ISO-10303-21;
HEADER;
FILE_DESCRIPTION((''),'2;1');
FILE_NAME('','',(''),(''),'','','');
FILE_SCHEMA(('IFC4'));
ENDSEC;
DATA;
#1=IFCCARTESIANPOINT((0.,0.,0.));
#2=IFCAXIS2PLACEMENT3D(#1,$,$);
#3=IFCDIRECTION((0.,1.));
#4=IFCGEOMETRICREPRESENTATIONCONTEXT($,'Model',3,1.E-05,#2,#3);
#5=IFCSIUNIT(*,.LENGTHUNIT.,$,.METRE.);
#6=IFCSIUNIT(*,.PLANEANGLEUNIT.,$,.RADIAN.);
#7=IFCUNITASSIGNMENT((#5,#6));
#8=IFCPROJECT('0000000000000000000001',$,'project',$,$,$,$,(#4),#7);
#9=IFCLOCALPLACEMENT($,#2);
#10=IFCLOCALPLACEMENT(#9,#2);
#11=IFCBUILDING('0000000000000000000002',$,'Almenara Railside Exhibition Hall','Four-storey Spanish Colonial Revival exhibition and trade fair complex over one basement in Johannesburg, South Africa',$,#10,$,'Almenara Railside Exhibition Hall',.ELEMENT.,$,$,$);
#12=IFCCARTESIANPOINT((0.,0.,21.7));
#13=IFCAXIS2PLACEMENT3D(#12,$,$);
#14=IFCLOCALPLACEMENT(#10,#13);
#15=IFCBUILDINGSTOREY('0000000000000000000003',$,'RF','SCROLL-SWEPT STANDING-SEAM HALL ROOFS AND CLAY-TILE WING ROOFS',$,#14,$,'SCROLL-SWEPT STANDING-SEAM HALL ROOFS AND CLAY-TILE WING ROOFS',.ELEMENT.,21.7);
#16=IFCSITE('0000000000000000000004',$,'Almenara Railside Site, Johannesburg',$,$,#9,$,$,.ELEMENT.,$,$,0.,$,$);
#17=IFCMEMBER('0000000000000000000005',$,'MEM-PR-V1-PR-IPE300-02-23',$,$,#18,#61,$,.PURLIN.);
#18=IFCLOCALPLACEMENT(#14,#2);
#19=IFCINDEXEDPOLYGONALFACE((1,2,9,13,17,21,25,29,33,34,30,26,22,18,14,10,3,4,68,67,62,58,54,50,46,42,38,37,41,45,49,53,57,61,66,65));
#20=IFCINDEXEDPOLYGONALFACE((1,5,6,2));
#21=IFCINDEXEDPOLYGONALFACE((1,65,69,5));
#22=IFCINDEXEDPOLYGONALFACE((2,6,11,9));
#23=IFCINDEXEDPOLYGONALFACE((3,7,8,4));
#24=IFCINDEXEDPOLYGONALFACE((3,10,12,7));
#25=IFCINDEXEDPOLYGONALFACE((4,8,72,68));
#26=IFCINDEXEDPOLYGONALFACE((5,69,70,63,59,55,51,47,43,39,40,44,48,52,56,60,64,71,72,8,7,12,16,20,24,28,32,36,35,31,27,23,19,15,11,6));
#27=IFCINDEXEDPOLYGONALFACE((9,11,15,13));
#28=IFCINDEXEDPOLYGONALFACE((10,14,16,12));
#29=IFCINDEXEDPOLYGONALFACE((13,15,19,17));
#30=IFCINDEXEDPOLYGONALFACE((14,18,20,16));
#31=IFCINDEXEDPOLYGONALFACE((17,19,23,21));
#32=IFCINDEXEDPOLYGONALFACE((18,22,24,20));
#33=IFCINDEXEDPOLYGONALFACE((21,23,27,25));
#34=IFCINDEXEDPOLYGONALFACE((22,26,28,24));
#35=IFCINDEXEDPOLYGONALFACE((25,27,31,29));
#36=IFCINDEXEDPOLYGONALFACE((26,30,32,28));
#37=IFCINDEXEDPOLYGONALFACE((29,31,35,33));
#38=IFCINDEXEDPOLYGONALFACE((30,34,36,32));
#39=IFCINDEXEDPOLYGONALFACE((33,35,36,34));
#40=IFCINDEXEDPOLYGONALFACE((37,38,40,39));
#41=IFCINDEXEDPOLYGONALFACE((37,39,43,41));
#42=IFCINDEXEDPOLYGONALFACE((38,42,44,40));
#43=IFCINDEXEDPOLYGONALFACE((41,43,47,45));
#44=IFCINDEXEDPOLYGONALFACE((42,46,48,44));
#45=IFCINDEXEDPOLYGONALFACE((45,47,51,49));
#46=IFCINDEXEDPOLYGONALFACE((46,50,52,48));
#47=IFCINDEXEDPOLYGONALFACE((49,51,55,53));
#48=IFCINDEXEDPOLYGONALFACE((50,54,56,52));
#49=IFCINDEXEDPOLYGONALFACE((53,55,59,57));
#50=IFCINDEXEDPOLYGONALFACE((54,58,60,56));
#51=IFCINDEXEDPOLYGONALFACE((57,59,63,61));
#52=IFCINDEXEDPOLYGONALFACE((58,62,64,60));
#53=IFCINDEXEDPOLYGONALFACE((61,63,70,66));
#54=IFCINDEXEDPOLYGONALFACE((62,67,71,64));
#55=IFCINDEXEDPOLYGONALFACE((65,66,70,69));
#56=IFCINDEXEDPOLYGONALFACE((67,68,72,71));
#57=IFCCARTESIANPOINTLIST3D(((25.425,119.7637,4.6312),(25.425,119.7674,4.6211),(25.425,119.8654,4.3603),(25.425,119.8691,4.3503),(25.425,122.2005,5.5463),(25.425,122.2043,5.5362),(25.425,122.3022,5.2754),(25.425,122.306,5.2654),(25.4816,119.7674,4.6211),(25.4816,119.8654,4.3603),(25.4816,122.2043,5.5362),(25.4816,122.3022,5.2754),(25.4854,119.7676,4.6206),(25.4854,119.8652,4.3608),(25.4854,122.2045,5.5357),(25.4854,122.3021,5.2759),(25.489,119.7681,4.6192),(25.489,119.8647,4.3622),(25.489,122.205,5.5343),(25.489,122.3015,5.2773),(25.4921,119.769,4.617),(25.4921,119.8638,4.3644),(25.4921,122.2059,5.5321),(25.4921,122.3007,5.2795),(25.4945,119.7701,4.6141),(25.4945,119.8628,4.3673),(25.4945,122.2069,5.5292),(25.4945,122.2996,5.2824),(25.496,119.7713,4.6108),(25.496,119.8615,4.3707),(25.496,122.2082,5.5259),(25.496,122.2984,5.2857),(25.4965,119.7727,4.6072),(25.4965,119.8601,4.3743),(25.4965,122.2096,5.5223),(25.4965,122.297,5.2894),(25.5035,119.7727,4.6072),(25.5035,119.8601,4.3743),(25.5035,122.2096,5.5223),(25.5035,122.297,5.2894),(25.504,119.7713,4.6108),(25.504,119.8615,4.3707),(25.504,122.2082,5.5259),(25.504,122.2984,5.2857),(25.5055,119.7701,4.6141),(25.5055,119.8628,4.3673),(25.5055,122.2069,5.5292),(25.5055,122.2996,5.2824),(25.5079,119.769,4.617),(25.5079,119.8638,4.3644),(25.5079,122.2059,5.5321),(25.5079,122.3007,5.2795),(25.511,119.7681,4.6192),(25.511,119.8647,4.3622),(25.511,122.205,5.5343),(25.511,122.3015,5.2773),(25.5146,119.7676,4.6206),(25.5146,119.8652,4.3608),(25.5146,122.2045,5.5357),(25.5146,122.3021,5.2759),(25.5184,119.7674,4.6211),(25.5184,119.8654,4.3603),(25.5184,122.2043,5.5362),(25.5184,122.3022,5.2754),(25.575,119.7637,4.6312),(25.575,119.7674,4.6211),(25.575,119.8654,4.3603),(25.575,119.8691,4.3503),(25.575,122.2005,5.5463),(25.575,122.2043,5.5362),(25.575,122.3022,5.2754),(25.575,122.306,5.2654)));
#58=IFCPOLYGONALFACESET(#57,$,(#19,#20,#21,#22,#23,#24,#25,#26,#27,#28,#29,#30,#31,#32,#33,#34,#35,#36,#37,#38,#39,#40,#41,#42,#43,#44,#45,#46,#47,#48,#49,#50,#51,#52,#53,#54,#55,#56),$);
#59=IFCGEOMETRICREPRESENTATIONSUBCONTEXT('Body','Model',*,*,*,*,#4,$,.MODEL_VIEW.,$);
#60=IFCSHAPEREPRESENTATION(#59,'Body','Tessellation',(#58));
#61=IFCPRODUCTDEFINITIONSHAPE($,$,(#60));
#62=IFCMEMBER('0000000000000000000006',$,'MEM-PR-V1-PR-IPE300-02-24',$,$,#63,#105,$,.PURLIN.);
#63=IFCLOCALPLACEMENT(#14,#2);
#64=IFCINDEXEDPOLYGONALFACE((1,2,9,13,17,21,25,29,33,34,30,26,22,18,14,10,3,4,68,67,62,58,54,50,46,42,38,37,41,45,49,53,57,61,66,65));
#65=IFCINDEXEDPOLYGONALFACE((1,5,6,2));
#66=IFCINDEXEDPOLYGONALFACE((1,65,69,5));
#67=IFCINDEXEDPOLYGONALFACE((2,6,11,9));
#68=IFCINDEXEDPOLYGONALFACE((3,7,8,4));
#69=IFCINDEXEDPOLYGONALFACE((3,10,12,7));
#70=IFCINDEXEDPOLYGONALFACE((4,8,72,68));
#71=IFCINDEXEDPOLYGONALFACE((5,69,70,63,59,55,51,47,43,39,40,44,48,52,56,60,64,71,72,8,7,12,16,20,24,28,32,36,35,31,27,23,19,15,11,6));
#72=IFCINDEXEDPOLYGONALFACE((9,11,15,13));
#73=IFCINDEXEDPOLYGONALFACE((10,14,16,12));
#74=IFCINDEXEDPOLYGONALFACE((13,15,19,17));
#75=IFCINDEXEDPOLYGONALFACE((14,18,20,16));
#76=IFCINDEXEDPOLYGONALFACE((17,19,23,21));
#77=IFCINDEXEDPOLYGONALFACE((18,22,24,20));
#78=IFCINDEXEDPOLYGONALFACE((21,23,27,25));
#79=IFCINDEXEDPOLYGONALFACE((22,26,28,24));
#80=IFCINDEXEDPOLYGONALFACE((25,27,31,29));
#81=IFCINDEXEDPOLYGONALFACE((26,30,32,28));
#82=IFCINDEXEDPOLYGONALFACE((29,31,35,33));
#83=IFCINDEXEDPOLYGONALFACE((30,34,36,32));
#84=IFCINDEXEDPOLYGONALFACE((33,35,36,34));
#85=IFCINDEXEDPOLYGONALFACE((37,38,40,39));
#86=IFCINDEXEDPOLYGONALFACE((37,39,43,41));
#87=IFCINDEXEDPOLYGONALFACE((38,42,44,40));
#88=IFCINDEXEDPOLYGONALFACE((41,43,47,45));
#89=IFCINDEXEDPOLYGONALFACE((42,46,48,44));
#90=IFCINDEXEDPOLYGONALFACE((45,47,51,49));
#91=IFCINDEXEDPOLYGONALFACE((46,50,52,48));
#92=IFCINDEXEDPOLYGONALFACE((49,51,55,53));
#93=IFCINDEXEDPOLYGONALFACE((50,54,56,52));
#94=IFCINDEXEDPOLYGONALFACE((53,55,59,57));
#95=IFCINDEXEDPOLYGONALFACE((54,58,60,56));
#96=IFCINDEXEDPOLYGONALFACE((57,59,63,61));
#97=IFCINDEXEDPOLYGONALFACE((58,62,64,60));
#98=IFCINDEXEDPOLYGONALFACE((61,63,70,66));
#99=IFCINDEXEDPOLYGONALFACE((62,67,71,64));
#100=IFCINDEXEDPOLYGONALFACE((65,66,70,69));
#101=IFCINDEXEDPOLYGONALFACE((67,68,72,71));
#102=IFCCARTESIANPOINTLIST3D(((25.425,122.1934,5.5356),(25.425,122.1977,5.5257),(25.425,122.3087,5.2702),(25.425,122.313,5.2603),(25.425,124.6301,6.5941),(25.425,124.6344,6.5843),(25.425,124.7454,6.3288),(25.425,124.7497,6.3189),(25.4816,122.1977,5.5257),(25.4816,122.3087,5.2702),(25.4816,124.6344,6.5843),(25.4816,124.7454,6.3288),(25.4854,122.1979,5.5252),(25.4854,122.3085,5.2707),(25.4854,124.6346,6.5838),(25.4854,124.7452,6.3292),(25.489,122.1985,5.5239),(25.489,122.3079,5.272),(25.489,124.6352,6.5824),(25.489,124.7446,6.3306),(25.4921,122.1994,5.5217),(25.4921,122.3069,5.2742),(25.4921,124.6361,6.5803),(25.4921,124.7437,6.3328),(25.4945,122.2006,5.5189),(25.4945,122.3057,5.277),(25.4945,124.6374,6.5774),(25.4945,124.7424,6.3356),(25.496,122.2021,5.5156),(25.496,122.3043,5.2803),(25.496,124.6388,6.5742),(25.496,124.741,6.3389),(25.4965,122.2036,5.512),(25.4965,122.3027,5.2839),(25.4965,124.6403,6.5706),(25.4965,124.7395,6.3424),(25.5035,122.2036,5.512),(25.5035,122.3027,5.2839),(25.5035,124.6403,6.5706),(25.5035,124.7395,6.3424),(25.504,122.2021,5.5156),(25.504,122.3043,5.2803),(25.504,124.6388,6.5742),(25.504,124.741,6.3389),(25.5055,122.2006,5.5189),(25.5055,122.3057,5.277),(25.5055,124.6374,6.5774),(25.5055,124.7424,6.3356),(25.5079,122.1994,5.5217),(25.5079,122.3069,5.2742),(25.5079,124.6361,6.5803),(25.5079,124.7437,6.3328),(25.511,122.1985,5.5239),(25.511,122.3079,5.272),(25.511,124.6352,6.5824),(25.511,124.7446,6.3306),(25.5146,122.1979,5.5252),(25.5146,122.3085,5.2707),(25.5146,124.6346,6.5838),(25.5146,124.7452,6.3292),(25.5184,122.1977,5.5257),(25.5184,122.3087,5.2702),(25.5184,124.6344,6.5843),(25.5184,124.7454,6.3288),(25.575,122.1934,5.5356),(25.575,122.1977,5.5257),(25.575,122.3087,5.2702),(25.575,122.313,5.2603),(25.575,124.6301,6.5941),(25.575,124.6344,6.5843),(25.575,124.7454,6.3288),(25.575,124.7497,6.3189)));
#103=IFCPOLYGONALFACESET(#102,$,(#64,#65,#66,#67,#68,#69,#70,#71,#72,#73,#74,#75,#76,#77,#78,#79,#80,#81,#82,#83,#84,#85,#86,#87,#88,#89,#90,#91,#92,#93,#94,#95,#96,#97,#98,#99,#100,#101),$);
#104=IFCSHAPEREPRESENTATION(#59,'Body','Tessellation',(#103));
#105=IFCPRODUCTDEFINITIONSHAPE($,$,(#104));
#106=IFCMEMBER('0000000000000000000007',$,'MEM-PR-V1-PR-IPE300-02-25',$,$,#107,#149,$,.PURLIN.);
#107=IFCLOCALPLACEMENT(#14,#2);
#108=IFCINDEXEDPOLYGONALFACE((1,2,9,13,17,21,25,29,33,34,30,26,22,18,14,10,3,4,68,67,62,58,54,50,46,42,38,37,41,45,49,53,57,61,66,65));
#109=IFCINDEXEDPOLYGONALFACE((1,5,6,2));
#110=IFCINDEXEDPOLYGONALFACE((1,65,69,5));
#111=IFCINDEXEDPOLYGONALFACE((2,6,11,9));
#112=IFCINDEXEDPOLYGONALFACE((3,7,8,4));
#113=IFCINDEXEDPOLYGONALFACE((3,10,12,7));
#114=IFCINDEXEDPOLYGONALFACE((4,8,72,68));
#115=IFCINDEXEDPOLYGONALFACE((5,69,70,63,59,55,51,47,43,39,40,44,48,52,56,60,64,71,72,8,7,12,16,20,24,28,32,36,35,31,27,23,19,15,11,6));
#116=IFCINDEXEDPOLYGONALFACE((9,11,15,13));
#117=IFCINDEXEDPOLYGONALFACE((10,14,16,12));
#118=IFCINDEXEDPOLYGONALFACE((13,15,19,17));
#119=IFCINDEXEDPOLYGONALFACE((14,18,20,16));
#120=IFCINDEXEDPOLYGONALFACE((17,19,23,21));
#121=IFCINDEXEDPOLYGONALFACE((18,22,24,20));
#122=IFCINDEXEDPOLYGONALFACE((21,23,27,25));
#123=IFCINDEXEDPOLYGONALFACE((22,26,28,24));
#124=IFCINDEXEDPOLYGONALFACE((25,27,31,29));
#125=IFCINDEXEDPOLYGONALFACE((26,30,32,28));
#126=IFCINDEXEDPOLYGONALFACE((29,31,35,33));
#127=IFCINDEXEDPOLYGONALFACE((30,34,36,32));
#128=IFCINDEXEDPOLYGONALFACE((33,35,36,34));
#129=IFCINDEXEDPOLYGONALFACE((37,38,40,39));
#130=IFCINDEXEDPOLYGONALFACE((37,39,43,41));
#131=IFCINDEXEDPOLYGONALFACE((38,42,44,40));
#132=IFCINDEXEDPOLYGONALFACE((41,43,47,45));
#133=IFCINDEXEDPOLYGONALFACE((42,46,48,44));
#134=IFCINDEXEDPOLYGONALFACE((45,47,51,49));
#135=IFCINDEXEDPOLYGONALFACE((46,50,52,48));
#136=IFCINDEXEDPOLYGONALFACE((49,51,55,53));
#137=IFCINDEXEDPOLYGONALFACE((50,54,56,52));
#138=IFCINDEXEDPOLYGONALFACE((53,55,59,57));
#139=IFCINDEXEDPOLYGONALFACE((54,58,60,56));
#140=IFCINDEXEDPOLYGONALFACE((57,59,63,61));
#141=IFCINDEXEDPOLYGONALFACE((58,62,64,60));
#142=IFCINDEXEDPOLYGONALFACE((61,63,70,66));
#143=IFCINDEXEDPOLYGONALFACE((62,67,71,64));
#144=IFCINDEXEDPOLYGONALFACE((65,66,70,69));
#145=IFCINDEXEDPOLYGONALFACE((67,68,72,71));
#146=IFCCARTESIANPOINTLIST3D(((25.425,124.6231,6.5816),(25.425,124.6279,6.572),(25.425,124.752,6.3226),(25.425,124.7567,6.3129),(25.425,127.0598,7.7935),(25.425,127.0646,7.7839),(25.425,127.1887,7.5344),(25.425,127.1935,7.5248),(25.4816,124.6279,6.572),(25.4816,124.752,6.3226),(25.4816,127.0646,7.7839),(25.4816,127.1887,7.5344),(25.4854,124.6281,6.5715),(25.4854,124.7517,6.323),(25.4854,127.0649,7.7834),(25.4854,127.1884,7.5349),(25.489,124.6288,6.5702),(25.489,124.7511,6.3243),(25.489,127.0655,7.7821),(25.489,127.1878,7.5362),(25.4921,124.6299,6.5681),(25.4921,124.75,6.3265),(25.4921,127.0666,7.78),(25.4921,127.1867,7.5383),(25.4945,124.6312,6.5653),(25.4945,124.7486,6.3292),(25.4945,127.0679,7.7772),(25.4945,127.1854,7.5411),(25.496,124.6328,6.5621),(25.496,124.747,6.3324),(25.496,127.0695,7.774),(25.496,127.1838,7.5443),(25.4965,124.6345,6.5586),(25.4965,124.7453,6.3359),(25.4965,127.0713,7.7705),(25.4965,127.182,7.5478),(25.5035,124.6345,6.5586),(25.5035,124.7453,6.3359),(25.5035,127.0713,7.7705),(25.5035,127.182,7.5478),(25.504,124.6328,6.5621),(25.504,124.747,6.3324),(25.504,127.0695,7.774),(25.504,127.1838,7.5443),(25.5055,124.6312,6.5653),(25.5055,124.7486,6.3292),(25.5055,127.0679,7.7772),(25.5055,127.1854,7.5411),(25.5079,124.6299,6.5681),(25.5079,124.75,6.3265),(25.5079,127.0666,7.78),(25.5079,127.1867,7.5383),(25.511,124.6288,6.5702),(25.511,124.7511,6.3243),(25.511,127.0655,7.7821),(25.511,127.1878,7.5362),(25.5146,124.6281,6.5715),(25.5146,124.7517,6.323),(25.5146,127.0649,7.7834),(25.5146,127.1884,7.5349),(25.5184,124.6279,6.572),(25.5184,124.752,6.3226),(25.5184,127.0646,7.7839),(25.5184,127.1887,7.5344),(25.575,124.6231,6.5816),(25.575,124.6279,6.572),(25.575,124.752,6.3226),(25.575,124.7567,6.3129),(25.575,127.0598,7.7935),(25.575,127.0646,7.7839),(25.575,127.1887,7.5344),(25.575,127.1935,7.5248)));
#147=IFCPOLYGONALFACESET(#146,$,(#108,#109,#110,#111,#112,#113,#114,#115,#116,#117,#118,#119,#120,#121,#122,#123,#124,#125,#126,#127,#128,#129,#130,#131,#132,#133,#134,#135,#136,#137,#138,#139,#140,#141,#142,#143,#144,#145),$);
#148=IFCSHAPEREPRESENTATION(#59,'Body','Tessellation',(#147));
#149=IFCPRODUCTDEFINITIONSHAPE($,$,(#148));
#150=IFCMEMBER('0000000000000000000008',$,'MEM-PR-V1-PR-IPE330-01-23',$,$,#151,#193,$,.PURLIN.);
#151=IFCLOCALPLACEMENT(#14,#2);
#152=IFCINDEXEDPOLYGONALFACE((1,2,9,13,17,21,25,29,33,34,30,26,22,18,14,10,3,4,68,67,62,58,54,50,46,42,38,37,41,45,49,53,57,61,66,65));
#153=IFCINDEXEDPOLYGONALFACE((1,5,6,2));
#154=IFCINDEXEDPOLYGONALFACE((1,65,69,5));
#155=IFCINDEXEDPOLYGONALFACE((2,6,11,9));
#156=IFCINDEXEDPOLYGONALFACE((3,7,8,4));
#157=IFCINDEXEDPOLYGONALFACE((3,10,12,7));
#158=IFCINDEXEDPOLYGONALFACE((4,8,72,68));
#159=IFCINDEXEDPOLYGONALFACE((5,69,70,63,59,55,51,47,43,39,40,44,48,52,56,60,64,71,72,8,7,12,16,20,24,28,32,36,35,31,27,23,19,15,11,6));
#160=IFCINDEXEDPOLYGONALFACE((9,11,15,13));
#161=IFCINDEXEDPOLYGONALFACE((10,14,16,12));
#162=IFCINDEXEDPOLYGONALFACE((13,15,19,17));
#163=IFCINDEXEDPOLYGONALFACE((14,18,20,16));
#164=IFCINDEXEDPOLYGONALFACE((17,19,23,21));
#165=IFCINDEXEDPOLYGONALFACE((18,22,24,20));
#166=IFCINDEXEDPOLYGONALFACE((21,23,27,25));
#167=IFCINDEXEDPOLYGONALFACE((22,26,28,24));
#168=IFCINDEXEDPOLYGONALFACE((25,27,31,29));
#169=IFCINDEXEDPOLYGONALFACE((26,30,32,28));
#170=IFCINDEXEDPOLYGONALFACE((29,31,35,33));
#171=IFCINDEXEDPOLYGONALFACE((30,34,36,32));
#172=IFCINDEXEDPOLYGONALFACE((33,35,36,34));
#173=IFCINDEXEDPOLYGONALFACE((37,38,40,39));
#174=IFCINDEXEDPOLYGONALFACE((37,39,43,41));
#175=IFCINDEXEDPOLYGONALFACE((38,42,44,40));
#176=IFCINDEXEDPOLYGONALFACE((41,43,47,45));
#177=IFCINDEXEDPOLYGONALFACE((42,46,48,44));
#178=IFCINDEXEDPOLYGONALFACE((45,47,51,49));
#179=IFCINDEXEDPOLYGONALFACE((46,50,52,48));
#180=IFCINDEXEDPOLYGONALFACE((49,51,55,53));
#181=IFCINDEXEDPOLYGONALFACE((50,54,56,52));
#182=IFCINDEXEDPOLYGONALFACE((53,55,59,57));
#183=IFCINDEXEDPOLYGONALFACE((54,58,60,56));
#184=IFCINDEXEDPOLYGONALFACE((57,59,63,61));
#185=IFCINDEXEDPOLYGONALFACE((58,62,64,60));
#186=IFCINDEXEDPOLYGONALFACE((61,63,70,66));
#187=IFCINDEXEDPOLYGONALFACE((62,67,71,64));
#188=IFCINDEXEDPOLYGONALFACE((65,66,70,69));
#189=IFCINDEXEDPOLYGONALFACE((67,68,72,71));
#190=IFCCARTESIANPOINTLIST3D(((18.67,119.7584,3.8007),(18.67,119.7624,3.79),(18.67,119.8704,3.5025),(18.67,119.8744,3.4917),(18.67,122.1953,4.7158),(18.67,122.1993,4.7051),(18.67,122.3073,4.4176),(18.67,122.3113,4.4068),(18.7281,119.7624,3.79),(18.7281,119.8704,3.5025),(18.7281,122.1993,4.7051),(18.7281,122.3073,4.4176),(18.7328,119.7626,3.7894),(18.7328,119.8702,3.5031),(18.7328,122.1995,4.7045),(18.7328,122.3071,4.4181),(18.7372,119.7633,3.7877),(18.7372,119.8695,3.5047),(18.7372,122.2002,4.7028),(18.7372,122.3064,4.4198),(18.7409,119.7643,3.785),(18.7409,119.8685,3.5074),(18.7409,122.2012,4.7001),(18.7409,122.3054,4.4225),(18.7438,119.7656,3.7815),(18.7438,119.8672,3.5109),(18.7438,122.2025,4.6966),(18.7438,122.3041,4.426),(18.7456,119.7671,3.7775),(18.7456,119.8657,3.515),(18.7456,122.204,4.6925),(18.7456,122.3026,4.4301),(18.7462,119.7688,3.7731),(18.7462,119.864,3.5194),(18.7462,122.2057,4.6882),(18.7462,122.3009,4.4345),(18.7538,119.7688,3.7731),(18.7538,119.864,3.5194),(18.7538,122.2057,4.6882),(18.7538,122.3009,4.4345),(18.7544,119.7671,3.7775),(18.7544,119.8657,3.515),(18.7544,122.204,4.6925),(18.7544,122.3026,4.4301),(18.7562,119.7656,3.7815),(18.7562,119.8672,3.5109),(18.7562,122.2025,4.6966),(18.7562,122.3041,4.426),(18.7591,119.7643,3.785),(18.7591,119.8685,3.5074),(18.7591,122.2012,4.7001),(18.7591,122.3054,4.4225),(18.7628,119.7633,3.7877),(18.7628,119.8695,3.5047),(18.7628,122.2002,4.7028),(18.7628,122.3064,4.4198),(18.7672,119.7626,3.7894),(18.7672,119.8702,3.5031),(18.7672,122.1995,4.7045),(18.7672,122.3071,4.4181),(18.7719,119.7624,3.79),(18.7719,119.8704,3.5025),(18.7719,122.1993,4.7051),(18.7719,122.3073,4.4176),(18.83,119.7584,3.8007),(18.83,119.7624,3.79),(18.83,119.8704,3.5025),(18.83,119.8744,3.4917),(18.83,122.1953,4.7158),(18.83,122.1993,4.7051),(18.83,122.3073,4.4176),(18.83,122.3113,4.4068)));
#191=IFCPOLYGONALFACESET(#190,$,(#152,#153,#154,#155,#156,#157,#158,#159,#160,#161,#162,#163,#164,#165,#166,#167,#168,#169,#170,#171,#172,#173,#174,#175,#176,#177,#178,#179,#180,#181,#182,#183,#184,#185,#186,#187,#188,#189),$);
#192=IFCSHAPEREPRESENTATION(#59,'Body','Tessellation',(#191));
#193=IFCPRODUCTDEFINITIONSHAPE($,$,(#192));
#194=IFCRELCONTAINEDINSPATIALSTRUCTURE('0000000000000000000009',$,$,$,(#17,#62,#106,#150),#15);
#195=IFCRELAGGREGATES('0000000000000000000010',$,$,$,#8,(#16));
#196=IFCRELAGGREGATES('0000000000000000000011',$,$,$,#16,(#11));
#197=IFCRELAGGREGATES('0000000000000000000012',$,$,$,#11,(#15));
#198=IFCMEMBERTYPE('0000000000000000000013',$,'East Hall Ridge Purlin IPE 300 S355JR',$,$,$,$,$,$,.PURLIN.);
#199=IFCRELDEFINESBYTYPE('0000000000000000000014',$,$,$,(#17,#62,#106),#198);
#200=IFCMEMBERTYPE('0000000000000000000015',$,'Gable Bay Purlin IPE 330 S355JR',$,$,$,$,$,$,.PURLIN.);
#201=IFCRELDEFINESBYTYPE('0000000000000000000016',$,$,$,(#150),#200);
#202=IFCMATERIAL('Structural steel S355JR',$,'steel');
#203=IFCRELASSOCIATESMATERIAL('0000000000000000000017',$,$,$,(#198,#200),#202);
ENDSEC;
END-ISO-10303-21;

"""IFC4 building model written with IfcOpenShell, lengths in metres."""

from ifc_helpers import new_model, si_unit, direction, frame, origin, origin_2d, place, context, subcontext, project, spatial, i_section, extrude, material, material_profile, profile_set, type_object, element, save


model = new_model("IFC4")

# Units and contexts
model_context = context("Model", 3, precision=1e-05, world=origin(), true_north=direction((0.0, 1.0)))
body_context = subcontext(model_context, "Body", "Model", "MODEL_VIEW")
ifc_project = project(units=[si_unit("LENGTHUNIT", "METRE"), si_unit("PLANEANGLEUNIT", "RADIAN")], contexts=[model_context])

# Site, building, storey
site_placement = place(None, origin())
site = spatial("IfcSite", under=ifc_project, at=site_placement, Name="Almenara Railside Site, Johannesburg", CompositionType="ELEMENT", RefElevation=0.0)
building_placement = place(site_placement, origin())
building = spatial("IfcBuilding", under=site, at=building_placement, Name="Almenara Railside Exhibition Hall", Description="Four-storey Spanish Colonial Revival exhibition and trade fair complex over one basement in Johannesburg, South Africa", LongName="Almenara Railside Exhibition Hall", CompositionType="ELEMENT")
storey_placement = place(building_placement, frame((0.0, 0.0, 21.7)))
storey = spatial("IfcBuildingStorey", under=building, at=storey_placement, Name="RF", Description="SCROLL-SWEPT STANDING-SEAM HALL ROOFS AND CLAY-TILE WING ROOFS", LongName="SCROLL-SWEPT STANDING-SEAM HALL ROOFS AND CLAY-TILE WING ROOFS", CompositionType="ELEMENT", Elevation=21.7)

# Members
ifc_material_1 = material(Name="Structural steel S355JR", Category="steel")
ifc_material_profile_1 = material_profile(ifc_material_1, i_section(OverallWidth=0.1499, OverallDepth=0.3, WebThickness=0.0071, FlangeThickness=0.0107, FilletRadius=0.0149, at=origin_2d()), Name="IPE 300")
ifc_profile_set_1 = profile_set([ifc_material_profile_1], Name="Structural steel S355JR")
member_type_1 = type_object("IfcMemberType", Name="East Hall Ridge Purlin IPE 300 S355JR", PredefinedType="PURLIN", material=ifc_profile_set_1)
member_1_placement = place(storey_placement, frame((25.5, 119.8164, 4.4907), z_axis=(0.0, 0.936171, 0.351545), x_axis=(-1.0, 0.0, 0.0)))
element("IfcMember", 1, at=member_1_placement, inside=storey, type_object=member_type_1, Name="MEM-PR-V1-PR-IPE300-02-23", PredefinedType="PURLIN", context=body_context, shape_type="SweptSolid", body=[
    extrude(i_section(OverallWidth=0.1499, OverallDepth=0.3, WebThickness=0.0071, FlangeThickness=0.0107, FilletRadius=0.0149, at=origin_2d()), origin(), (0.0, 0.0, 1.0), 2.603),
])
member_2_placement = place(storey_placement, frame((25.5, 122.2532, 5.3979), z_axis=(0.0, 0.91719, 0.398451), x_axis=(-1.0, 0.0, 0.0)))
element("IfcMember", 2, at=member_2_placement, inside=storey, type_object=member_type_1, Name="MEM-PR-V1-PR-IPE300-02-24", PredefinedType="PURLIN", context=body_context, shape_type="SweptSolid", body=[
    extrude(i_section(OverallWidth=0.1499, OverallDepth=0.3, WebThickness=0.0071, FlangeThickness=0.0107, FilletRadius=0.0149, at=origin_2d()), origin(), (0.0, 0.0, 1.0), 2.6567),
])
member_3_placement = place(storey_placement, frame((25.5, 124.6899, 6.4473), z_axis=(0.0, 0.895376, 0.445311), x_axis=(-1.0, 0.0, 0.0)))
element("IfcMember", 3, at=member_3_placement, inside=storey, type_object=member_type_1, Name="MEM-PR-V1-PR-IPE300-02-25", PredefinedType="PURLIN", context=body_context, shape_type="SweptSolid", body=[
    extrude(i_section(OverallWidth=0.1499, OverallDepth=0.3, WebThickness=0.0071, FlangeThickness=0.0107, FilletRadius=0.0149, at=origin_2d()), origin(), (0.0, 0.0, 1.0), 2.7214),
])
ifc_material_profile_2 = material_profile(ifc_material_1, i_section(OverallWidth=0.1599, OverallDepth=0.3301, WebThickness=0.0076, FlangeThickness=0.0115, FilletRadius=0.0181, at=origin_2d()), Name="IPE 330")
ifc_profile_set_2 = profile_set([ifc_material_profile_2], Name="Structural steel S355JR")
member_type_2 = type_object("IfcMemberType", Name="Gable Bay Purlin IPE 330 S355JR", PredefinedType="PURLIN", material=ifc_profile_set_2)
member_4_placement = place(storey_placement, frame((18.75, 119.8164, 3.6462), z_axis=(0.0, 0.936171, 0.351545), x_axis=(-1.0, 0.0, 0.0)))
element("IfcMember", 4, at=member_4_placement, inside=storey, type_object=member_type_2, Name="MEM-PR-V1-PR-IPE330-01-23", PredefinedType="PURLIN", context=body_context, shape_type="SweptSolid", body=[
    extrude(i_section(OverallWidth=0.1599, OverallDepth=0.3301, WebThickness=0.0076, FlangeThickness=0.0115, FilletRadius=0.0181, at=origin_2d()), origin(), (0.0, 0.0, 1.0), 2.603),
])

save(model, "model.ifc")
